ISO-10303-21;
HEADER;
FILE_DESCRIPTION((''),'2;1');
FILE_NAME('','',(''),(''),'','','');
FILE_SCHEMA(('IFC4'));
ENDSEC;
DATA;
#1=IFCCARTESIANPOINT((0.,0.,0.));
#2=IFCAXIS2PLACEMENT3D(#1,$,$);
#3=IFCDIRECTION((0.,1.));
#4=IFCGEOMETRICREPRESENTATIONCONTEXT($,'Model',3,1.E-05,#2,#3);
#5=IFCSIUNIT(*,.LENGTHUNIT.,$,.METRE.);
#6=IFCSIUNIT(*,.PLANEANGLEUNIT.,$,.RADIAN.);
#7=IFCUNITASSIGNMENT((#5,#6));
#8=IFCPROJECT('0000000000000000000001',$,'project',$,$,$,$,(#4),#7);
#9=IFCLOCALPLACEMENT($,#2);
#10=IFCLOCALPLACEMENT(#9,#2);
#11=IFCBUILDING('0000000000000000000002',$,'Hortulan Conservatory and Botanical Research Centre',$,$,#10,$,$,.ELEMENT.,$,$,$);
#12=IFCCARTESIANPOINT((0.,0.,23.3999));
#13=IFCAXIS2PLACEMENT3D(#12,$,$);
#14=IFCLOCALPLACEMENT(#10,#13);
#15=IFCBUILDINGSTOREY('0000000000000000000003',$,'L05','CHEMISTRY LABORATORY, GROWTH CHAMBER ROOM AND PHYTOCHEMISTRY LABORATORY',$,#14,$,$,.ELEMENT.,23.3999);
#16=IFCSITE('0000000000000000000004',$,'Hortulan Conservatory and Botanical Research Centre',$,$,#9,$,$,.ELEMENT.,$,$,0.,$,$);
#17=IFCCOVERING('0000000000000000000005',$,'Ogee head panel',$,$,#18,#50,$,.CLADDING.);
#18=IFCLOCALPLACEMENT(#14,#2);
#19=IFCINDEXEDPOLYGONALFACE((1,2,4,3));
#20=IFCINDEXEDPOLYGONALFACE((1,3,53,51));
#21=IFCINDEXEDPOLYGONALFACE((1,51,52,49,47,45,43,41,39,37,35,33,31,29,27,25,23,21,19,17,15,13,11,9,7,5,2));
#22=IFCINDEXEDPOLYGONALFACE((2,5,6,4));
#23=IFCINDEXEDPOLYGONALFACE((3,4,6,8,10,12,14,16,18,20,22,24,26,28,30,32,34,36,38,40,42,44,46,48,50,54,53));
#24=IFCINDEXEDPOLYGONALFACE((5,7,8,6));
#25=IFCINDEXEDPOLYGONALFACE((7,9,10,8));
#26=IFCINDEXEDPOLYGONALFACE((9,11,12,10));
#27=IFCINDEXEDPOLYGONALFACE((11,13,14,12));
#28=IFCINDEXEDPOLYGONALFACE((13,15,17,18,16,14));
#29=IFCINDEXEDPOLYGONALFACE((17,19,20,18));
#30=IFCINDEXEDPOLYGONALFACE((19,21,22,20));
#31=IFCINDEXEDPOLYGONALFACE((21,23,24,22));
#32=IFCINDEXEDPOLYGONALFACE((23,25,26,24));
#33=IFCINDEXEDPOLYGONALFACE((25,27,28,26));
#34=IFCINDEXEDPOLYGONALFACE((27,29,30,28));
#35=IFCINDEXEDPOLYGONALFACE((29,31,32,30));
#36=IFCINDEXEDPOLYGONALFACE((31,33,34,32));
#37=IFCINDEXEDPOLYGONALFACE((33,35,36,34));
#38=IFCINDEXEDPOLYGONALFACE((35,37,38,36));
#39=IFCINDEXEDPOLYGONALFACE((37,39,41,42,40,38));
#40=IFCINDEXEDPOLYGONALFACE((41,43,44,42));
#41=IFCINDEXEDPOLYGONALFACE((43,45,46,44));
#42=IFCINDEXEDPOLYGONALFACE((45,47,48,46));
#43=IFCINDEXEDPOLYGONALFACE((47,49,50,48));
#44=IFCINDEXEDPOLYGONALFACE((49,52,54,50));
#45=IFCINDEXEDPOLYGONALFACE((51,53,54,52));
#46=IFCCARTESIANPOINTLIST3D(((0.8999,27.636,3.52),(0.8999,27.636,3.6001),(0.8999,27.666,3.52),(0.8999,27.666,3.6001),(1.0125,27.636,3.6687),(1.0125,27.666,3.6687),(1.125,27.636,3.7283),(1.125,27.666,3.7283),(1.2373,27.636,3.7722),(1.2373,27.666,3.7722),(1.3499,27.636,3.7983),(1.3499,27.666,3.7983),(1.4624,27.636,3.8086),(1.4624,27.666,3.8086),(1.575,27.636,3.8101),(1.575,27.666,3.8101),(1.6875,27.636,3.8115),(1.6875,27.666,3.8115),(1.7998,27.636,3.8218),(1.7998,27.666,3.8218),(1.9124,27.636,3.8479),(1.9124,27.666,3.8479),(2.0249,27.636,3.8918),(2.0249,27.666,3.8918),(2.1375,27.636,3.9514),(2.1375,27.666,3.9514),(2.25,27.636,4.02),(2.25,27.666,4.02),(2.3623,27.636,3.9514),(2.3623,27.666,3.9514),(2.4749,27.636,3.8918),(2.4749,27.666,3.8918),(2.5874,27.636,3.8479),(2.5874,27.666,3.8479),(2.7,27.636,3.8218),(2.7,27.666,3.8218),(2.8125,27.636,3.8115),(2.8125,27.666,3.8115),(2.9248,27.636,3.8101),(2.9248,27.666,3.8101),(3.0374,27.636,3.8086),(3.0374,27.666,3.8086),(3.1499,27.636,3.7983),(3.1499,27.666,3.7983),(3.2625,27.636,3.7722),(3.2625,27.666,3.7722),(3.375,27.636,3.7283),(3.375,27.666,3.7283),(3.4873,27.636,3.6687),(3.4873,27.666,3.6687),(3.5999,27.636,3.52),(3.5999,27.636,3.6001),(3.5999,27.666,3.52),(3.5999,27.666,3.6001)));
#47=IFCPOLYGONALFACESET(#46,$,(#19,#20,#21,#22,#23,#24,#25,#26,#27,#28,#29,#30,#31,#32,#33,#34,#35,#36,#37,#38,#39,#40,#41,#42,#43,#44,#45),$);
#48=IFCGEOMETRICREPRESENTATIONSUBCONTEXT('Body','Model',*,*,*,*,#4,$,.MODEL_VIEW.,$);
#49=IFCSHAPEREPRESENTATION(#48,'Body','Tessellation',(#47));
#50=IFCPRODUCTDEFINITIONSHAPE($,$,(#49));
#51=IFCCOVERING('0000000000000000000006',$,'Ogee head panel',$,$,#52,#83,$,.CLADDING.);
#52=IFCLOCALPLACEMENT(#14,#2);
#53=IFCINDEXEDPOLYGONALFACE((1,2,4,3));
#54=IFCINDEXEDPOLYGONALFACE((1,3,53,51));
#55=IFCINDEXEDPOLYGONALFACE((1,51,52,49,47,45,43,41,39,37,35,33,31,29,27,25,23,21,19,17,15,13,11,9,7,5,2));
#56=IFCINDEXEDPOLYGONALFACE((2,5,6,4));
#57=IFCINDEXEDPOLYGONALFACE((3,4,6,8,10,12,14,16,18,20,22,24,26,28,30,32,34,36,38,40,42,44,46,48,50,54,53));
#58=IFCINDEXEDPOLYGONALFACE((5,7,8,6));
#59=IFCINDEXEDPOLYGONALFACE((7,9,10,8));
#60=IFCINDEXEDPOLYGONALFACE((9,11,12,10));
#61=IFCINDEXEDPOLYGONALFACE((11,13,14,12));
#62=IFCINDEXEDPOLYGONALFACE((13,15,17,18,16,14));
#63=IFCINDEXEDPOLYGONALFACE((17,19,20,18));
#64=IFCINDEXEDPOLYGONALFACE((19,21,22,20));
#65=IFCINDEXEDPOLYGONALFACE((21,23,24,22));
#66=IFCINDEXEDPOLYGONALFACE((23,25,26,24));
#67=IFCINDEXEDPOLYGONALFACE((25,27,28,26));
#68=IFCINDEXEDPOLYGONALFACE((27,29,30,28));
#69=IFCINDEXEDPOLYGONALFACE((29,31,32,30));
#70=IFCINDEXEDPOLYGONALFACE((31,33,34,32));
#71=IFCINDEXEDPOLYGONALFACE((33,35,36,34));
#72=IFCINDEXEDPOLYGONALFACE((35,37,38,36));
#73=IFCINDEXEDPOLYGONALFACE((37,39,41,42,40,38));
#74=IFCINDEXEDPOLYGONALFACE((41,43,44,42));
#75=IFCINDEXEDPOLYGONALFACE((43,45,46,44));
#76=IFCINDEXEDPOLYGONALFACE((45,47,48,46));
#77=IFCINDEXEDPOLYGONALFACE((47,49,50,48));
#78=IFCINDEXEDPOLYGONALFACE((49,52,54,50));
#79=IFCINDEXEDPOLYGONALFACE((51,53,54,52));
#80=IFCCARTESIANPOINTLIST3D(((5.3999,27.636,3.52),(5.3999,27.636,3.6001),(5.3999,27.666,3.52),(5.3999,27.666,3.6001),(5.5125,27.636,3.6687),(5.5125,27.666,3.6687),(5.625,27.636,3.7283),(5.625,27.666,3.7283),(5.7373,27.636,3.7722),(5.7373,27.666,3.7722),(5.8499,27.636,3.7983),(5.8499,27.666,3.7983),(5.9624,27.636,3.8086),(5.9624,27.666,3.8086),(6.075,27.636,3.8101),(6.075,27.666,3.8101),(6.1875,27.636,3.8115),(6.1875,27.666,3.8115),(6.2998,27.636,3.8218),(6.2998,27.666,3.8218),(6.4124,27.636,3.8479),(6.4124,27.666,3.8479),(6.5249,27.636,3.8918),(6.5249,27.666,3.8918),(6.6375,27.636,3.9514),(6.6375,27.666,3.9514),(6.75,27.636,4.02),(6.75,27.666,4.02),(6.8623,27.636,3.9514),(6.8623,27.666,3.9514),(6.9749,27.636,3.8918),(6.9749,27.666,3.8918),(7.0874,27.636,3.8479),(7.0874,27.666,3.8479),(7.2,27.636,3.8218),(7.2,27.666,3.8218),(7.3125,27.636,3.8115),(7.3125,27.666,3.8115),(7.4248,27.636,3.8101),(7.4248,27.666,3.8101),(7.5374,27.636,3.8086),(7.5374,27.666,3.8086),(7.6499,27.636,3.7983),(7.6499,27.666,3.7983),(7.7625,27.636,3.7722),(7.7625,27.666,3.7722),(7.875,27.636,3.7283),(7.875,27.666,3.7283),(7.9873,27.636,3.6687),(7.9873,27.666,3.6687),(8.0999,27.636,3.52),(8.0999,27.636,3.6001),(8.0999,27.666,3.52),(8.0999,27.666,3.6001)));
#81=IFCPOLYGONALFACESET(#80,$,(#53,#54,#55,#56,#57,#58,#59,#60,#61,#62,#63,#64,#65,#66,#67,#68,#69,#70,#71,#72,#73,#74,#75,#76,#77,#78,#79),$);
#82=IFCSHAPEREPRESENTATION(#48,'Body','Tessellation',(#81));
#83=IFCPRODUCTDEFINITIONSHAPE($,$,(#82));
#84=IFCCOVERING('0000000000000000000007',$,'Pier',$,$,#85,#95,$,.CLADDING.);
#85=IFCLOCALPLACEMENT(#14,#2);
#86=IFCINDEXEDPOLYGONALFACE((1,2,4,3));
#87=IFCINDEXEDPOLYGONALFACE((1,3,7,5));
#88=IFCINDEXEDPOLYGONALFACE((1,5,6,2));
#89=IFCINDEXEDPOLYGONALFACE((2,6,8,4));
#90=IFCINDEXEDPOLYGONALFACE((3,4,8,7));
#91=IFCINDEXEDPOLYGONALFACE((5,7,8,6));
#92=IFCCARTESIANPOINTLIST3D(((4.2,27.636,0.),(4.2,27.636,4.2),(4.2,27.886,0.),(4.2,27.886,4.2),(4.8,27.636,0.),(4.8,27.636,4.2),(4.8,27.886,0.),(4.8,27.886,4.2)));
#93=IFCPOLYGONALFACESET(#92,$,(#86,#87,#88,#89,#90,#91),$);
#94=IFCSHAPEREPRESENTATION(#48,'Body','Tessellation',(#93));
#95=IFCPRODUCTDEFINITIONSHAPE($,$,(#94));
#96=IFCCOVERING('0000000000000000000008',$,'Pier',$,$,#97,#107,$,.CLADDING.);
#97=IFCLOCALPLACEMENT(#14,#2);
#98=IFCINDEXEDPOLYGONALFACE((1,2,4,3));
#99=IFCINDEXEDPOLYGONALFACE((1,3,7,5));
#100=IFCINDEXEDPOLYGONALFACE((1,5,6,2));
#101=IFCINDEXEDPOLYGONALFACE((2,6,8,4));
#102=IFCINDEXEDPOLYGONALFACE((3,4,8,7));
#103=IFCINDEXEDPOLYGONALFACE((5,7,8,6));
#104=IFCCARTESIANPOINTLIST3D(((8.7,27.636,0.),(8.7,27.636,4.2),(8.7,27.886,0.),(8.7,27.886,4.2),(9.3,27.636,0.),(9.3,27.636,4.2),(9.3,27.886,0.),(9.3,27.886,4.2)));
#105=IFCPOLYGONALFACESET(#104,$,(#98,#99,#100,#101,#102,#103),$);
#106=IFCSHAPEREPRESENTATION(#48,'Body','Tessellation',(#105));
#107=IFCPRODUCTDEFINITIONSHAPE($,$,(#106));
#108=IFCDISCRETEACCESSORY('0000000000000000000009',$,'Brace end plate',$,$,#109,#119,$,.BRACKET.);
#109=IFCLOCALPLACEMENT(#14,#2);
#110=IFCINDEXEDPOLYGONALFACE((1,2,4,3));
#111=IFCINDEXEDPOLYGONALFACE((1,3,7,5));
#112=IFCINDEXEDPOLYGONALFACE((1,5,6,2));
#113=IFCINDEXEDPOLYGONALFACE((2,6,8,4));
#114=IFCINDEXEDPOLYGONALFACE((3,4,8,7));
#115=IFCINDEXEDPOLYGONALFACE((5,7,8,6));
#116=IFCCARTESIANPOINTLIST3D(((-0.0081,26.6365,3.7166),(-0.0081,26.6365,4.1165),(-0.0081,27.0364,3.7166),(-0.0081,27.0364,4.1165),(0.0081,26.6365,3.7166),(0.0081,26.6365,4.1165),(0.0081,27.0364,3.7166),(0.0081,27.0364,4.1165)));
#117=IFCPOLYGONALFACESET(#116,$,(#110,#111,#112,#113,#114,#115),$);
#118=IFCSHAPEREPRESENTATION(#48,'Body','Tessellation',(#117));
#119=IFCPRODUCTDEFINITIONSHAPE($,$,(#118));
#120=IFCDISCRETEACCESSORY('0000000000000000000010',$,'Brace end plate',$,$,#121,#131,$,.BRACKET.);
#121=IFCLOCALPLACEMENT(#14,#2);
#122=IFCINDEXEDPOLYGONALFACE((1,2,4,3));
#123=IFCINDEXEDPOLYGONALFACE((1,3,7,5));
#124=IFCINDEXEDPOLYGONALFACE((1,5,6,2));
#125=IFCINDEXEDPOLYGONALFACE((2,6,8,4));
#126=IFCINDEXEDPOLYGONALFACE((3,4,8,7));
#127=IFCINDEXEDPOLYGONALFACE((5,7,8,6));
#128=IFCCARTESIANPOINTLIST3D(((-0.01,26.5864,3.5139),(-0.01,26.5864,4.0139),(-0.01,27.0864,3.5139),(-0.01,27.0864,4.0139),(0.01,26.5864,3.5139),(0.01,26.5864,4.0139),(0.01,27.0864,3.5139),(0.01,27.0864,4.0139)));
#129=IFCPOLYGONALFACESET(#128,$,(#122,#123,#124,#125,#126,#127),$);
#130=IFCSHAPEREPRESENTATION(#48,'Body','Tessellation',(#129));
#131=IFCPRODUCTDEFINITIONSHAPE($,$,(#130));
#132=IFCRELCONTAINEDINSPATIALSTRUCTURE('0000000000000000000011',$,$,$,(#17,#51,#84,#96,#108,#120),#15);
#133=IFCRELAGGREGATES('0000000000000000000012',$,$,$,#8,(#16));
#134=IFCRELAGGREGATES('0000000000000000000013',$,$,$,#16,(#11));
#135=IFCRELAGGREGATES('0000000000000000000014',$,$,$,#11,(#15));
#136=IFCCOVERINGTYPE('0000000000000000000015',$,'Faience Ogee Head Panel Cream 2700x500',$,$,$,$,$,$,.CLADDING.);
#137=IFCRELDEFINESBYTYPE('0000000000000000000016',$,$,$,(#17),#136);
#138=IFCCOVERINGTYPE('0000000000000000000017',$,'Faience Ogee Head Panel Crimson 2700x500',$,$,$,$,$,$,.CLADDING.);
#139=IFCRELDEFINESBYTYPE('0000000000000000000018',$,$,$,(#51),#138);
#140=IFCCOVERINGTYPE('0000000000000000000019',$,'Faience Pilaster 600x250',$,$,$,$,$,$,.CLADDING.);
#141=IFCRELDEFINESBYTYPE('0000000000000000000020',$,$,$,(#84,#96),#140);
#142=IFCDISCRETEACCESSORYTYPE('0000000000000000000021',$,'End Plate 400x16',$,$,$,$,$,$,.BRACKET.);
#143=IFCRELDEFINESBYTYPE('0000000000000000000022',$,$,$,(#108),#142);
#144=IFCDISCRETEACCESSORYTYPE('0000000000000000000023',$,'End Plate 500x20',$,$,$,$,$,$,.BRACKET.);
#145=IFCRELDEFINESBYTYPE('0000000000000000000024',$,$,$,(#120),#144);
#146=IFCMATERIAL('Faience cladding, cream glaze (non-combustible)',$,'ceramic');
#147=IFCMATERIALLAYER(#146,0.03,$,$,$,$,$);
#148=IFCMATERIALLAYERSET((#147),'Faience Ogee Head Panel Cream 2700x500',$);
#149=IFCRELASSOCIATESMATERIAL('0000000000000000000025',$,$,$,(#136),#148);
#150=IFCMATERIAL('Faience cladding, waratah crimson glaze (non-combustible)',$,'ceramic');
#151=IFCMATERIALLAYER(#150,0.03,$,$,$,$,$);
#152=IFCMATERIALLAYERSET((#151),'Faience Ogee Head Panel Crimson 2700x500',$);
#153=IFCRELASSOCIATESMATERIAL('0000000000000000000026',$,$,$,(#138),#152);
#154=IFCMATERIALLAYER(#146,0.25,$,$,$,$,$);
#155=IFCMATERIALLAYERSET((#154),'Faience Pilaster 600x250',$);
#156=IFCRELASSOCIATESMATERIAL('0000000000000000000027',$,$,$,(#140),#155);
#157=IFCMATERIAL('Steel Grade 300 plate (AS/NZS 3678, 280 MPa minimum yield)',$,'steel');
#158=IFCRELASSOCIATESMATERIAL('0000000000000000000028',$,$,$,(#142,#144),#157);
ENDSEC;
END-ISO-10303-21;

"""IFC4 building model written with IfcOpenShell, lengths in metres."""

from ifc_helpers import new_model, si_unit, direction, frame, origin, origin_2d, place, context, subcontext, project, spatial, polyline, rectangle, outline, extrude, material, layer, layer_set, type_object, element, save


model = new_model("IFC4")

# Units and contexts
model_context = context("Model", 3, precision=1e-05, world=origin(), true_north=direction((0.0, 1.0)))
body_context = subcontext(model_context, "Body", "Model", "MODEL_VIEW")
ifc_project = project(units=[si_unit("LENGTHUNIT", "METRE"), si_unit("PLANEANGLEUNIT", "RADIAN")], contexts=[model_context])

# Site, building, storey
site_placement = place(None, origin())
site = spatial("IfcSite", under=ifc_project, at=site_placement, Name="Hortulan Conservatory and Botanical Research Centre", CompositionType="ELEMENT", RefElevation=0.0)
building_placement = place(site_placement, origin())
building = spatial("IfcBuilding", under=site, at=building_placement, Name="Hortulan Conservatory and Botanical Research Centre", CompositionType="ELEMENT")
storey_placement = place(building_placement, frame((0.0, 0.0, 23.3999)))
storey = spatial("IfcBuildingStorey", under=building, at=storey_placement, Name="L05", Description="CHEMISTRY LABORATORY, GROWTH CHAMBER ROOM AND PHYTOCHEMISTRY LABORATORY", CompositionType="ELEMENT", Elevation=23.3999)

# Coverings
ifc_material_1 = material(Name="Faience cladding, cream glaze (non-combustible)", Category="ceramic")
ifc_layer_1 = layer(ifc_material_1, 0.03)
ifc_layer_set_1 = layer_set([ifc_layer_1], Name="Faience Ogee Head Panel Cream 2700x500")
covering_type_1 = type_object("IfcCoveringType", Name="Faience Ogee Head Panel Cream 2700x500", PredefinedType="CLADDING", material=ifc_layer_set_1)
covering_1_placement = place(storey_placement, frame((0.8999, 27.6509, 3.52), z_axis=(0.0, 0.0, 1.0), x_axis=(1.0, 0.0, 0.0)))
element("IfcCovering", 1, at=covering_1_placement, inside=storey, type_object=covering_type_1, Name="Ogee head panel", PredefinedType="CLADDING", context=body_context, shape_type="SweptSolid", body=[
    extrude(outline(polyline([(0.0, 0.0), (2.7, 0.0), (2.7, 0.0801), (2.5874, 0.1487), (2.4751, 0.2083), (2.3625, 0.2522), (2.25, 0.2783), (2.1375, 0.2886), (2.0249, 0.29), (1.9126, 0.2915), (1.8, 0.3018), (1.6875, 0.3279), (1.575, 0.3718), (1.4624, 0.4314), (1.3501, 0.5), (1.2375, 0.4314), (1.125, 0.3718), (1.0125, 0.3279), (0.8999, 0.3018), (0.7876, 0.2915), (0.675, 0.29), (0.5625, 0.2886), (0.45, 0.2783), (0.3374, 0.2522), (0.2251, 0.2083), (0.1125, 0.1487), (0.0, 0.0801), (0.0, 0.0)])), frame((0.0, 0.0151, 0.0), z_axis=(0.0, -1.0, 0.0), x_axis=(1.0, 0.0, 0.0)), (0.0, 0.0, 1.0), 0.03),
])
ifc_material_2 = material(Name="Faience cladding, waratah crimson glaze (non-combustible)", Category="ceramic")
ifc_layer_2 = layer(ifc_material_2, 0.03)
ifc_layer_set_2 = layer_set([ifc_layer_2], Name="Faience Ogee Head Panel Crimson 2700x500")
covering_type_2 = type_object("IfcCoveringType", Name="Faience Ogee Head Panel Crimson 2700x500", PredefinedType="CLADDING", material=ifc_layer_set_2)
covering_2_placement = place(storey_placement, frame((5.3999, 27.6509, 3.52), z_axis=(0.0, 0.0, 1.0), x_axis=(1.0, 0.0, 0.0)))
element("IfcCovering", 2, at=covering_2_placement, inside=storey, type_object=covering_type_2, Name="Ogee head panel", PredefinedType="CLADDING", context=body_context, shape_type="SweptSolid", body=[
    extrude(outline(polyline([(0.0, 0.0), (2.7, 0.0), (2.7, 0.0801), (2.5874, 0.1487), (2.4751, 0.2083), (2.3625, 0.2522), (2.25, 0.2783), (2.1375, 0.2886), (2.0249, 0.29), (1.9126, 0.2915), (1.8, 0.3018), (1.6875, 0.3279), (1.575, 0.3718), (1.4624, 0.4314), (1.3501, 0.5), (1.2375, 0.4314), (1.125, 0.3718), (1.0125, 0.3279), (0.8999, 0.3018), (0.7876, 0.2915), (0.675, 0.29), (0.5625, 0.2886), (0.45, 0.2783), (0.3374, 0.2522), (0.2251, 0.2083), (0.1125, 0.1487), (0.0, 0.0801), (0.0, 0.0)])), frame((0.0, 0.0151, 0.0), z_axis=(0.0, -1.0, 0.0), x_axis=(1.0, 0.0, 0.0)), (0.0, 0.0, 1.0), 0.03),
])
ifc_layer_3 = layer(ifc_material_1, 0.25)
ifc_layer_set_3 = layer_set([ifc_layer_3], Name="Faience Pilaster 600x250")
covering_type_3 = type_object("IfcCoveringType", Name="Faience Pilaster 600x250", PredefinedType="CLADDING", material=ifc_layer_set_3)
for number, where, z_axis, x_axis, name in (
    (3, (4.5, 27.761, 0.0), (0.0, 0.0, 1.0), (1.0, 0.0, 0.0), "Pier"),
    (4, (9.0, 27.761, 0.0), (0.0, 0.0, 1.0), (1.0, 0.0, 0.0), "Pier"),
):
    element("IfcCovering", number, at=place(storey_placement, frame(where, z_axis=z_axis, x_axis=x_axis)), inside=storey, type_object=covering_type_3, Name=name, PredefinedType="CLADDING", context=body_context, shape_type="SweptSolid", body=[
        extrude(rectangle(XDim=0.6001, YDim=0.25, at=origin_2d()), origin(), (0.0, 0.0, 1.0), 4.2),
    ])

# Discrete accessories
ifc_material_3 = material(Name="Steel Grade 300 plate (AS/NZS 3678, 280 MPa minimum yield)", Category="steel")
discrete_accessory_type_1 = type_object("IfcDiscreteAccessoryType", Name="End Plate 400x16", PredefinedType="BRACKET", material=ifc_material_3)
discrete_accessory_1_placement = place(storey_placement, frame((0.0, 26.8364, 3.7166), z_axis=(0.0, 0.0, 1.0), x_axis=(0.0, -1.0, 0.0)))
element("IfcDiscreteAccessory", 5, at=discrete_accessory_1_placement, inside=storey, type_object=discrete_accessory_type_1, Name="Brace end plate", PredefinedType="BRACKET", context=body_context, shape_type="SweptSolid", body=[
    extrude(rectangle(XDim=0.3999, YDim=0.0161, at=origin_2d()), origin(), (0.0, 0.0, 1.0), 0.3999),
])
discrete_accessory_type_2 = type_object("IfcDiscreteAccessoryType", Name="End Plate 500x20", PredefinedType="BRACKET", material=ifc_material_3)
discrete_accessory_2_placement = place(storey_placement, frame((0.0, 26.8364, 3.5139), z_axis=(0.0, 0.0, 1.0), x_axis=(0.0, -1.0, 0.0)))
element("IfcDiscreteAccessory", 6, at=discrete_accessory_2_placement, inside=storey, type_object=discrete_accessory_type_2, Name="Brace end plate", PredefinedType="BRACKET", context=body_context, shape_type="SweptSolid", body=[
    extrude(rectangle(XDim=0.5, YDim=0.02, at=origin_2d()), origin(), (0.0, 0.0, 1.0), 0.5),
])

save(model, "model.ifc")
